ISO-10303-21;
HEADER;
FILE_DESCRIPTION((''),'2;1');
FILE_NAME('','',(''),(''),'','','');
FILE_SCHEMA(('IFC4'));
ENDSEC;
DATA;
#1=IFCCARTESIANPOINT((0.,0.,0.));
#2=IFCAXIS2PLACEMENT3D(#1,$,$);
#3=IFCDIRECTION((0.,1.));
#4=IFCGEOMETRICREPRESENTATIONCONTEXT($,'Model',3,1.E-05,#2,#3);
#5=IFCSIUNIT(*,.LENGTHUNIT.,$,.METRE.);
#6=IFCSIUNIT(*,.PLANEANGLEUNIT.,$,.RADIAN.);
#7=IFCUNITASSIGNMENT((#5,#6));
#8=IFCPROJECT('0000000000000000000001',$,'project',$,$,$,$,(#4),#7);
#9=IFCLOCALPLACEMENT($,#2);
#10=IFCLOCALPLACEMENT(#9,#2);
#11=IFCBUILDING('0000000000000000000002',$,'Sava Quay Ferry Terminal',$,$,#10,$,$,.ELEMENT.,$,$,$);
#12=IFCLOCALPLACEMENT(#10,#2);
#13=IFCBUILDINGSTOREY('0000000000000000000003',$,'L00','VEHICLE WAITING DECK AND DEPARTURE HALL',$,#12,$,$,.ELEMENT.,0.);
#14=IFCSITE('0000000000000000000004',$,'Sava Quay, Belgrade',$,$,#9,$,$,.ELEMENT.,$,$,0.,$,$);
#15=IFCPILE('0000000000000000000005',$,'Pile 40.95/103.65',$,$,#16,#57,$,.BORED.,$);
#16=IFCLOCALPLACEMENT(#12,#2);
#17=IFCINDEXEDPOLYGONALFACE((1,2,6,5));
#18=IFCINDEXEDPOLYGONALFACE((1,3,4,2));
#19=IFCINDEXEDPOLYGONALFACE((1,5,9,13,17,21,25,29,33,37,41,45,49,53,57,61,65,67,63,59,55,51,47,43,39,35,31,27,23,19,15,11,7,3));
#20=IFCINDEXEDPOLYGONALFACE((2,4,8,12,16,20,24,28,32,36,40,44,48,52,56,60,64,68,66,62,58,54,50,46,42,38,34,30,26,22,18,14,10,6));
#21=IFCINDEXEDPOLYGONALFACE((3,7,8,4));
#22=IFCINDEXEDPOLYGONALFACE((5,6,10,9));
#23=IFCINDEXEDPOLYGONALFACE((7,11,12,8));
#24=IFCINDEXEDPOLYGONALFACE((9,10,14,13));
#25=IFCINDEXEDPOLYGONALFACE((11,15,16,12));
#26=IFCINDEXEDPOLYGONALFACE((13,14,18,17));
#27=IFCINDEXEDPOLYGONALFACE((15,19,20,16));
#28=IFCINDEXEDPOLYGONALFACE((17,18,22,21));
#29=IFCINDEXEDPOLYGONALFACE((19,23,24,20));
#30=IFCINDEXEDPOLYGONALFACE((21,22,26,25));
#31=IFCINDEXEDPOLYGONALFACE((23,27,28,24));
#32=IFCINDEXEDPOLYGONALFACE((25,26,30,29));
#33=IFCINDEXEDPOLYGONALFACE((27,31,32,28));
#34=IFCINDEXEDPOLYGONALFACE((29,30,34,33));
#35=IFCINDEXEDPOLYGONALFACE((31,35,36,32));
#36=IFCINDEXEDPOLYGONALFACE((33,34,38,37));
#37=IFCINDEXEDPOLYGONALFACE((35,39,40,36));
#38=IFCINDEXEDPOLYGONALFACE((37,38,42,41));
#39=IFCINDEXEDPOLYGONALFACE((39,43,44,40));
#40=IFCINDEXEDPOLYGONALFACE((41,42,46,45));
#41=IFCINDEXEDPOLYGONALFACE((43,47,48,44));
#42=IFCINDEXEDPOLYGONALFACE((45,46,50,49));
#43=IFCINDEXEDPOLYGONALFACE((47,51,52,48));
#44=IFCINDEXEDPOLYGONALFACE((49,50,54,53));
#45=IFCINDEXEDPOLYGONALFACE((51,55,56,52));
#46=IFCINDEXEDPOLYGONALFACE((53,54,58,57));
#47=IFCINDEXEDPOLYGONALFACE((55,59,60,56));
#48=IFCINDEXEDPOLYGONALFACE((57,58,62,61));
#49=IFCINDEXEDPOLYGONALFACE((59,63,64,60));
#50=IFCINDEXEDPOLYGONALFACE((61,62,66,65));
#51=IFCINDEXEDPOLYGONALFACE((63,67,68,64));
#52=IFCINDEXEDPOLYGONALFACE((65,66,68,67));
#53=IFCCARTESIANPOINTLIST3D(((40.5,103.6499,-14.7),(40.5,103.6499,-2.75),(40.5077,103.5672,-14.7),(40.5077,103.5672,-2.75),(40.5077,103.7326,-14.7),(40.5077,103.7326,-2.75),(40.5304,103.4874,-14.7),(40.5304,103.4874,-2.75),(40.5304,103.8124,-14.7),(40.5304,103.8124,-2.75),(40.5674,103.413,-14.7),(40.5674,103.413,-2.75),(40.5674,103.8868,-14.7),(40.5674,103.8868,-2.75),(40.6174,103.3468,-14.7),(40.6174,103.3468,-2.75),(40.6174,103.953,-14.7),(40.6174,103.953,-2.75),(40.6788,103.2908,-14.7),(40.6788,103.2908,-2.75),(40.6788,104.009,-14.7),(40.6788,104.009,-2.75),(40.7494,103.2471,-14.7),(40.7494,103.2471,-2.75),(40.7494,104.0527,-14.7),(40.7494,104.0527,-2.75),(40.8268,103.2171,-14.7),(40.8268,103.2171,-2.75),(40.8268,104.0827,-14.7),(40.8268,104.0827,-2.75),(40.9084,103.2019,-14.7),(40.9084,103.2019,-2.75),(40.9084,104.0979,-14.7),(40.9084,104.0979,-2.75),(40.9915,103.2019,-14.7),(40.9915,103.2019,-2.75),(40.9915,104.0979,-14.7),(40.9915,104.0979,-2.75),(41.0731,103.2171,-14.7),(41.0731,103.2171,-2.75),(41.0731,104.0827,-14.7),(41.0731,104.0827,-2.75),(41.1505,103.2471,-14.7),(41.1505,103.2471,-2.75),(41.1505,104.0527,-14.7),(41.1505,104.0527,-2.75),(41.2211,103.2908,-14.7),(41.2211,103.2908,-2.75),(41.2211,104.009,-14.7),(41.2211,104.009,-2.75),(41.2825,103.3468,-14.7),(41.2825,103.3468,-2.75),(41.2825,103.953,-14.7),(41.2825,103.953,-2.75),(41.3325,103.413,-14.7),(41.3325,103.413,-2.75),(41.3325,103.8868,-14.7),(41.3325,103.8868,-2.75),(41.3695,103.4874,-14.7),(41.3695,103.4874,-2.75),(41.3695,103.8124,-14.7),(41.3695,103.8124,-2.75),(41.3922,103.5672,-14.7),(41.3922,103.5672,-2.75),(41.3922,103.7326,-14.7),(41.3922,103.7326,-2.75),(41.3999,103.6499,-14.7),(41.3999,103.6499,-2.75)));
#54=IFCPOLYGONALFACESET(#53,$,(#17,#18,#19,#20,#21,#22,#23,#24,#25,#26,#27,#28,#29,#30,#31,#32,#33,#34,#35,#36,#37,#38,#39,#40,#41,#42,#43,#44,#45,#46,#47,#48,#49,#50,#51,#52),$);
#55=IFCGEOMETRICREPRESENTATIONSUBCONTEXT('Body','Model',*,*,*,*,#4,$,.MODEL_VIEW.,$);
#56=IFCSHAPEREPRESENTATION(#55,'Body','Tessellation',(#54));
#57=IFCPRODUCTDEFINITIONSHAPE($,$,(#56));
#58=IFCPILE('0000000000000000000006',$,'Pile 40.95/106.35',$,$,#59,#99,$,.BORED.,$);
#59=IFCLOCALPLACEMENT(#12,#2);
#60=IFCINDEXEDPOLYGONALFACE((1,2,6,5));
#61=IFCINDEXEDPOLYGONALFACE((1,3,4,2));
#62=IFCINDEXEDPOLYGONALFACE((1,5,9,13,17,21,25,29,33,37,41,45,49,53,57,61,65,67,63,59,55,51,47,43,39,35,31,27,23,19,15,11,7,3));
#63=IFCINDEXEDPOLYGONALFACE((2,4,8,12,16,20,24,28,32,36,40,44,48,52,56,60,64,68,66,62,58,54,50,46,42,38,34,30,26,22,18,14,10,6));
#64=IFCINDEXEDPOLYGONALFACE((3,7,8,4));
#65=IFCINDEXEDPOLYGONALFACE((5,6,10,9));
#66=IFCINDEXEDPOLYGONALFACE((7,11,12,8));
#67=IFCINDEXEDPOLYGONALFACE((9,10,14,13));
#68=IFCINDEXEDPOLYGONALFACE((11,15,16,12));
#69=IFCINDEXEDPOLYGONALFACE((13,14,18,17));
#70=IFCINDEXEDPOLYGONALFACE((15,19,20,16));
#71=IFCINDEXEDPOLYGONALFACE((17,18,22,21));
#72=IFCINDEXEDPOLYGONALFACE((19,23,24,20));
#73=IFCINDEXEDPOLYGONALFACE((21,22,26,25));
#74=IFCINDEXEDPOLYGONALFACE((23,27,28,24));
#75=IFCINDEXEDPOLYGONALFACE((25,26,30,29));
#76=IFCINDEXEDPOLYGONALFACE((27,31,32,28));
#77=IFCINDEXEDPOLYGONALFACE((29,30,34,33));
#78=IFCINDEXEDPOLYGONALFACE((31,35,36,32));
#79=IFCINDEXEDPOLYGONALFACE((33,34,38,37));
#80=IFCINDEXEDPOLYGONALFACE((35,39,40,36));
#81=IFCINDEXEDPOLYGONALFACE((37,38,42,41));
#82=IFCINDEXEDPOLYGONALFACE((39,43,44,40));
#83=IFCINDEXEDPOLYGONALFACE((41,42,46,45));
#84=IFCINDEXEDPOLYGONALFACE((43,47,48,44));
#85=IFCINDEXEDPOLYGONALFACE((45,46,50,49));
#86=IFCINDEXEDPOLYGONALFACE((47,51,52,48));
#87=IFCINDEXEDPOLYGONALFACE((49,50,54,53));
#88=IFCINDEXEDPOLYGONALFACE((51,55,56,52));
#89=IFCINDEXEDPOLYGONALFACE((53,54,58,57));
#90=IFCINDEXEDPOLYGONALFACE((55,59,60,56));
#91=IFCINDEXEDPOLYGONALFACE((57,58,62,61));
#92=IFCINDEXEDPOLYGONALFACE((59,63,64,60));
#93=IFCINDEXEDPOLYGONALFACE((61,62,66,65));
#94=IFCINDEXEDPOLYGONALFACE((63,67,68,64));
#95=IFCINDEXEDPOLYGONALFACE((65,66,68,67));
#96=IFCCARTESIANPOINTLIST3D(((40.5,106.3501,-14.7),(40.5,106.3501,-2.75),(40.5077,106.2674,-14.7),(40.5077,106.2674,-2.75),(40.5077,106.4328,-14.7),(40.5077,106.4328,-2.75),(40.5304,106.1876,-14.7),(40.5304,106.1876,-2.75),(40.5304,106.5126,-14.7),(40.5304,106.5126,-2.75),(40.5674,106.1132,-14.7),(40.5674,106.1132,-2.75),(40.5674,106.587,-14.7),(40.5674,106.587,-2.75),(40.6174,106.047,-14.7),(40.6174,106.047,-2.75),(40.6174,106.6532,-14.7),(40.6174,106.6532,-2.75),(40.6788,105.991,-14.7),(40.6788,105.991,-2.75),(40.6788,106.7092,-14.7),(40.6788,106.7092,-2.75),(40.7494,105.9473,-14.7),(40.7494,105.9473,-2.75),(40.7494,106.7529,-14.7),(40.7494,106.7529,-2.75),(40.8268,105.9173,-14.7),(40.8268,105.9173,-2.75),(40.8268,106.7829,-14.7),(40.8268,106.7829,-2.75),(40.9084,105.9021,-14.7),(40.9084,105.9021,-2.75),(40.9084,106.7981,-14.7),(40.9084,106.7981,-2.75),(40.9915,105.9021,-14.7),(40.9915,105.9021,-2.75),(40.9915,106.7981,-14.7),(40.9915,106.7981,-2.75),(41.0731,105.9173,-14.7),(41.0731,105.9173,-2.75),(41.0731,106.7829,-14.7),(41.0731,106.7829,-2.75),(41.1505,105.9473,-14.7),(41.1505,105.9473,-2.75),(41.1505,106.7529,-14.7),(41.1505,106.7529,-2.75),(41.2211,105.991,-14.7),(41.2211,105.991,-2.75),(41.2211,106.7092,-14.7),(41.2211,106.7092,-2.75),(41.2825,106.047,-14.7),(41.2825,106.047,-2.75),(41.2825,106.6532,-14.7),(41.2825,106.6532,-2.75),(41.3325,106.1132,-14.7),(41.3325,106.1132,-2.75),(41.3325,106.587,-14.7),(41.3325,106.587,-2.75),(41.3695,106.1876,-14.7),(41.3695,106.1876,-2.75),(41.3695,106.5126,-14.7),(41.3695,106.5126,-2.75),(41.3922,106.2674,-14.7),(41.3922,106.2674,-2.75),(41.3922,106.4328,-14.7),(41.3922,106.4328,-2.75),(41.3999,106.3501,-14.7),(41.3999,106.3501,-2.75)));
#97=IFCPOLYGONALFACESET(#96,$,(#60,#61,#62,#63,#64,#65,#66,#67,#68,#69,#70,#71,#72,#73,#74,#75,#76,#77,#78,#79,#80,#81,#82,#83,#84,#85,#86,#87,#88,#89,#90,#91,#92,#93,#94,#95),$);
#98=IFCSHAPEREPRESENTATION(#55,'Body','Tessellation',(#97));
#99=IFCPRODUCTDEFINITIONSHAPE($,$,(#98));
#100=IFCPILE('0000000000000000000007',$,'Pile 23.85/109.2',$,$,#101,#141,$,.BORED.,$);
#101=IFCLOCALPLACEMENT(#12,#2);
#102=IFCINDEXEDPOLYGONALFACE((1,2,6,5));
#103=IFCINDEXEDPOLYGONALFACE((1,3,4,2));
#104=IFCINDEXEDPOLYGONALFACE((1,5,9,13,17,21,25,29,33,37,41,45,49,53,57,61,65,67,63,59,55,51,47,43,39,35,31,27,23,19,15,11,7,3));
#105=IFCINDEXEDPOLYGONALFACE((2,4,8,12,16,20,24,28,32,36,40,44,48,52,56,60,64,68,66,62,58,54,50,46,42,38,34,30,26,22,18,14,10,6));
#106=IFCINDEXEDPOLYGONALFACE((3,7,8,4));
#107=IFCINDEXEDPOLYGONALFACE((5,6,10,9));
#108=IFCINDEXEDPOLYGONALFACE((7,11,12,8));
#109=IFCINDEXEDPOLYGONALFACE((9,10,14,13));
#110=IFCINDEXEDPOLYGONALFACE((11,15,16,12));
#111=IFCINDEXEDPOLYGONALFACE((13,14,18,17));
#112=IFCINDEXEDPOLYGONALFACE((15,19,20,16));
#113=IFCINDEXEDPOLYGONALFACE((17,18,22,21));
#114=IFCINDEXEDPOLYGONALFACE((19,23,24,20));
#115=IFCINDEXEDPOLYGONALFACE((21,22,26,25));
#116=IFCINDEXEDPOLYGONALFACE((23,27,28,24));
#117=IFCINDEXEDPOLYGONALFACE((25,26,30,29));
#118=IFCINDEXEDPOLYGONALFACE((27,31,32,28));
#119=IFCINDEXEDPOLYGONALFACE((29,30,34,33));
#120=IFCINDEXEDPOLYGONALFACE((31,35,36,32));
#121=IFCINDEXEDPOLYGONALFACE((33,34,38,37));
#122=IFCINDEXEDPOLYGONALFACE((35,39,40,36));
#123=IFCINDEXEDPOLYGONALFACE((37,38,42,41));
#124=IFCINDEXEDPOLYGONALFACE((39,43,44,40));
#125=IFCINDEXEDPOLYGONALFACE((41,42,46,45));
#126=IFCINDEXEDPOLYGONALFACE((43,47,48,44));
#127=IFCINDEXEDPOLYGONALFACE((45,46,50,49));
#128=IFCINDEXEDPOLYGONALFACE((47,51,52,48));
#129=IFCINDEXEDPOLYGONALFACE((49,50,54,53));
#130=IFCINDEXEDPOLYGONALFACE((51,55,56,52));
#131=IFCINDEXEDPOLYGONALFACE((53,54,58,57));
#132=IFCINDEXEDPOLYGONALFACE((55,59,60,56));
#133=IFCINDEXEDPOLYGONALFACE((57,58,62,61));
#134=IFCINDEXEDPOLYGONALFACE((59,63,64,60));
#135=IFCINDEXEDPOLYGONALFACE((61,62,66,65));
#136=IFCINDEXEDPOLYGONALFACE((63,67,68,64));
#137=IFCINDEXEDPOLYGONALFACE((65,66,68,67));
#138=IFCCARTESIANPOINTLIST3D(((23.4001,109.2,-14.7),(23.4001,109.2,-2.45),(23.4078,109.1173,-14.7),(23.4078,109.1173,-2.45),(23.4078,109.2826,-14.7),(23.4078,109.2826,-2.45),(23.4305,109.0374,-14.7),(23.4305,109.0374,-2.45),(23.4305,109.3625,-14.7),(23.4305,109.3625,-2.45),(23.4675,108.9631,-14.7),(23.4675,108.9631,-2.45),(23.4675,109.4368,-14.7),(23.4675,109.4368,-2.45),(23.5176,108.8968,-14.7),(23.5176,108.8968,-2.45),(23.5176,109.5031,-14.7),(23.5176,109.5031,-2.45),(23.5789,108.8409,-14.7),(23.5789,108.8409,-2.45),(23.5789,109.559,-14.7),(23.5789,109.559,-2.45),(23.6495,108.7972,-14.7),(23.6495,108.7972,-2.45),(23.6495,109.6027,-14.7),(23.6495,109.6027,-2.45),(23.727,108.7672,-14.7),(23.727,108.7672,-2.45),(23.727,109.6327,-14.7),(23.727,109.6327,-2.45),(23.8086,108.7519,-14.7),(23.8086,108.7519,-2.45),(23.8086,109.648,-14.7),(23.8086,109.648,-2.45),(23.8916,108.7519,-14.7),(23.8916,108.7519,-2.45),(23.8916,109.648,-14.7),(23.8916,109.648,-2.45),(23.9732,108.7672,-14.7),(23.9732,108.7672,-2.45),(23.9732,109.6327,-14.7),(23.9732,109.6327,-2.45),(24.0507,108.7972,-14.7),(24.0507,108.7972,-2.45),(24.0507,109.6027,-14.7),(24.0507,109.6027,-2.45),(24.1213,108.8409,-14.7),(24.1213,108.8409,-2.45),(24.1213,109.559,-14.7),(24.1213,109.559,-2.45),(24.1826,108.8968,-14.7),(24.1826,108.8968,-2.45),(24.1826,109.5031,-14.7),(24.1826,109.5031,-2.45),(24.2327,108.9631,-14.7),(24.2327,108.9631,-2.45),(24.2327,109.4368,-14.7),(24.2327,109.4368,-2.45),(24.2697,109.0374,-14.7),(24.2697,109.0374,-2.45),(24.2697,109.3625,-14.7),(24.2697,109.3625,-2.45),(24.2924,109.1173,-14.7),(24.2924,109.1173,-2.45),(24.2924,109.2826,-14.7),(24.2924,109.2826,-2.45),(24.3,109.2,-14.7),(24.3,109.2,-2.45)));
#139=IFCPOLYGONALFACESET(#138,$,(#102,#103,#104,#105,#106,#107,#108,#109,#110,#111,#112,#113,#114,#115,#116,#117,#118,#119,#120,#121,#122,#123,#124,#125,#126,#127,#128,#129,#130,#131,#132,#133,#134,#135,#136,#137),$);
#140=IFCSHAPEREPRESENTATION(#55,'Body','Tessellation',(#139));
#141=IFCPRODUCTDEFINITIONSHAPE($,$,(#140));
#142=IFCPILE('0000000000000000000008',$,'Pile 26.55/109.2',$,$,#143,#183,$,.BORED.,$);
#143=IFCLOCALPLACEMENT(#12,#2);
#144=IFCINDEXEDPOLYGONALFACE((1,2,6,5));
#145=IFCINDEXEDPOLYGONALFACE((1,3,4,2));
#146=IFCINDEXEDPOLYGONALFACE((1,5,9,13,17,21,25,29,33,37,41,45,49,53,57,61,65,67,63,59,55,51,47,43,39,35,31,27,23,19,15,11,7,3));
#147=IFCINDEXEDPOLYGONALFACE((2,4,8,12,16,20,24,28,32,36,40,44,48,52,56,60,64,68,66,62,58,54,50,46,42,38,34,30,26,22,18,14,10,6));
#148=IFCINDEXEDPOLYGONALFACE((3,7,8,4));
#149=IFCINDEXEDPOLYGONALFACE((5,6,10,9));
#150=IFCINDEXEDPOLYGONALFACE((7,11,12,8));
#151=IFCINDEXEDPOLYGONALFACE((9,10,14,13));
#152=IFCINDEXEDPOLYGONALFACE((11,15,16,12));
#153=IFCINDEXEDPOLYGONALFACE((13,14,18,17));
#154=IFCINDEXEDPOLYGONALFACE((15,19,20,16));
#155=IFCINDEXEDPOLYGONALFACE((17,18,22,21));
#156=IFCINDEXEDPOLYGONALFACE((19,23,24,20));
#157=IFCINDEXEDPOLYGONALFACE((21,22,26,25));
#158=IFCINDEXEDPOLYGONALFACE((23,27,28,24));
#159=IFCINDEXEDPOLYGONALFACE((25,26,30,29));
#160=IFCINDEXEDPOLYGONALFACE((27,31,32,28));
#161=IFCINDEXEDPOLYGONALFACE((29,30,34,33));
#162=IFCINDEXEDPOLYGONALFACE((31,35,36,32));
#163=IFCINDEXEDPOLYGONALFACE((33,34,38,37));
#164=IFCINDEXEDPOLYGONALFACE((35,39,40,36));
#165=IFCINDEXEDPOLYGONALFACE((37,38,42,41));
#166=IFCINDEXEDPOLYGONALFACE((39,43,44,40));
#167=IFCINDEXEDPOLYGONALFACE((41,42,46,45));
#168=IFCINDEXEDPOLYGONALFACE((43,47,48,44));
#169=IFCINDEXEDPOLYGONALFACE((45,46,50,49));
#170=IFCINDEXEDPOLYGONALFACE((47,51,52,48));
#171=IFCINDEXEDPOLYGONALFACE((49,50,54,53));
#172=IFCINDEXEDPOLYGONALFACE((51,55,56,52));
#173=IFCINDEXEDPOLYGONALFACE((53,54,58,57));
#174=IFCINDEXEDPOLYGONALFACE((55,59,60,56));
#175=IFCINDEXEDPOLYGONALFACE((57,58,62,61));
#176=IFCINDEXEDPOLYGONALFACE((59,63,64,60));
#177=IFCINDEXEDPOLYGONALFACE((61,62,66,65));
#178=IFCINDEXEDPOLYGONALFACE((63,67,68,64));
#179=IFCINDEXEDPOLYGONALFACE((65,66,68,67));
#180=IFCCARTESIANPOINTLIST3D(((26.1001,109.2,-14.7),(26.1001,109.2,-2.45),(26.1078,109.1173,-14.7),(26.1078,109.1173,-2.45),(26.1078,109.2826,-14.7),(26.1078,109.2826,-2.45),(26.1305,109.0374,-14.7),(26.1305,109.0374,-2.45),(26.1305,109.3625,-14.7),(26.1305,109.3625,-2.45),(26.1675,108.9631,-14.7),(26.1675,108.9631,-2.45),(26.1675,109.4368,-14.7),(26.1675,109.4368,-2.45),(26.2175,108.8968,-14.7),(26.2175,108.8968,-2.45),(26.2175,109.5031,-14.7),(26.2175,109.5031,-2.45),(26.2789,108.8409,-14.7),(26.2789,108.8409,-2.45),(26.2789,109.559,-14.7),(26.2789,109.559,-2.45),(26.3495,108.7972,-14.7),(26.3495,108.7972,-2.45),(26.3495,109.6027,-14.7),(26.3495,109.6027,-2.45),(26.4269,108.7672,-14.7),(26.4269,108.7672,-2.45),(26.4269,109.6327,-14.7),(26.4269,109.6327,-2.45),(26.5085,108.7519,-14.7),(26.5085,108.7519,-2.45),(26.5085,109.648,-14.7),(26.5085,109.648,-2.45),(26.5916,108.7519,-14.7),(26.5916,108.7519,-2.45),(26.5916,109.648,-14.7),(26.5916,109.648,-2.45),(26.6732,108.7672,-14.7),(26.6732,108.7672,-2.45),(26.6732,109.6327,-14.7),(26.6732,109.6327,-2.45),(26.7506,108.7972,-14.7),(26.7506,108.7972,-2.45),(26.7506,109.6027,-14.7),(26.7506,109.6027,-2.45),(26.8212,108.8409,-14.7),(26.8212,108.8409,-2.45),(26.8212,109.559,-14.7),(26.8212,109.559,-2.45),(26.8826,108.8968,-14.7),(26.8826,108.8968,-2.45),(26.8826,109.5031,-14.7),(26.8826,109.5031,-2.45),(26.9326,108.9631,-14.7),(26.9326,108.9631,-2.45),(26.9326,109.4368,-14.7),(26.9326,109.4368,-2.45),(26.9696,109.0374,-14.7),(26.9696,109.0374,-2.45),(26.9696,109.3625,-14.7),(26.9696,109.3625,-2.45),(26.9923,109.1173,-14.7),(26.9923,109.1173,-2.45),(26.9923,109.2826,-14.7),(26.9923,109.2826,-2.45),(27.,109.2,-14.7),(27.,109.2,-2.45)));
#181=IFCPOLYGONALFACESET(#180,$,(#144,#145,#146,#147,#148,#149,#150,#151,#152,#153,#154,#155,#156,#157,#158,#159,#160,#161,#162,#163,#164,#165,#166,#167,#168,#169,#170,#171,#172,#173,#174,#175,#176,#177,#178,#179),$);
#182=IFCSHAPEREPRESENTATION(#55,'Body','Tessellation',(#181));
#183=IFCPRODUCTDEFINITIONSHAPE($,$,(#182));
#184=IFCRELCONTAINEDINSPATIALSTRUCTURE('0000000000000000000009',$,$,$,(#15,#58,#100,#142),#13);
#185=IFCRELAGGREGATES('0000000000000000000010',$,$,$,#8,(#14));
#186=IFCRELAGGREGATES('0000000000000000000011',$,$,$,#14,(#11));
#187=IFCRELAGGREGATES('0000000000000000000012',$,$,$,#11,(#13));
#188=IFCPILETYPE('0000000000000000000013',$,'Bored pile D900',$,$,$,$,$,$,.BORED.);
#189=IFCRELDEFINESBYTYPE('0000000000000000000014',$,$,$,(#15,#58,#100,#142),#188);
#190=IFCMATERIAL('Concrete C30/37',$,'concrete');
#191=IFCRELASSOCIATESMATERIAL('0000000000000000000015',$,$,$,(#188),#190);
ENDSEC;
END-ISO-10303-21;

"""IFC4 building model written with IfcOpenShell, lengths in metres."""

from ifc_helpers import new_model, si_unit, direction, frame, origin, origin_2d, place, context, subcontext, project, spatial, circle, extrude, material, material_profile, profile_set, type_object, element, save


model = new_model("IFC4")

# Units and contexts
model_context = context("Model", 3, precision=1e-05, world=origin(), true_north=direction((0.0, 1.0)))
body_context = subcontext(model_context, "Body", "Model", "MODEL_VIEW")
ifc_project = project(units=[si_unit("LENGTHUNIT", "METRE"), si_unit("PLANEANGLEUNIT", "RADIAN")], contexts=[model_context])

# Site, building, storey
site_placement = place(None, origin())
site = spatial("IfcSite", under=ifc_project, at=site_placement, Name="Sava Quay, Belgrade", CompositionType="ELEMENT", RefElevation=0.0)
building_placement = place(site_placement, origin())
building = spatial("IfcBuilding", under=site, at=building_placement, Name="Sava Quay Ferry Terminal", CompositionType="ELEMENT")
storey_placement = place(building_placement, origin())
storey = spatial("IfcBuildingStorey", under=building, at=storey_placement, Name="L00", Description="VEHICLE WAITING DECK AND DEPARTURE HALL", CompositionType="ELEMENT", Elevation=0.0)

# Piles
ifc_material_1 = material(Name="Concrete C30/37", Category="concrete")
ifc_material_profile_1 = material_profile(ifc_material_1, circle(Radius=0.45, at=origin_2d()), Name="Bored pile D900")
ifc_profile_set_1 = profile_set([ifc_material_profile_1], Name="Concrete C30/37")
pile_type = type_object("IfcPileType", Name="Bored pile D900", PredefinedType="BORED", material=ifc_profile_set_1)
for number, where, z_axis, x_axis, name in (
    (1, (40.95, 103.6499, -2.75), (0.0, 0.0, -1.0), (1.0, 0.0, 0.0), "Pile 40.95/103.65"),
    (2, (40.95, 106.3501, -2.75), (0.0, 0.0, -1.0), (1.0, 0.0, 0.0), "Pile 40.95/106.35"),
):
    element("IfcPile", number, at=place(storey_placement, frame(where, z_axis=z_axis, x_axis=x_axis)), inside=storey, type_object=pile_type, Name=name, PredefinedType="BORED", context=body_context, shape_type="SweptSolid", body=[
        extrude(circle(Radius=0.45, at=origin_2d()), origin(), (0.0, 0.0, 1.0), 11.95),
    ])
for number, where, z_axis, x_axis, name in (
    (3, (23.8501, 109.2, -2.45), (0.0, 0.0, -1.0), (1.0, 0.0, 0.0), "Pile 23.85/109.2"),
    (4, (26.55, 109.2, -2.45), (0.0, 0.0, -1.0), (1.0, 0.0, 0.0), "Pile 26.55/109.2"),
):
    element("IfcPile", number, at=place(storey_placement, frame(where, z_axis=z_axis, x_axis=x_axis)), inside=storey, type_object=pile_type, Name=name, PredefinedType="BORED", context=body_context, shape_type="SweptSolid", body=[
        extrude(circle(Radius=0.45, at=origin_2d()), origin(), (0.0, 0.0, 1.0), 12.25),
    ])

save(model, "model.ifc")
